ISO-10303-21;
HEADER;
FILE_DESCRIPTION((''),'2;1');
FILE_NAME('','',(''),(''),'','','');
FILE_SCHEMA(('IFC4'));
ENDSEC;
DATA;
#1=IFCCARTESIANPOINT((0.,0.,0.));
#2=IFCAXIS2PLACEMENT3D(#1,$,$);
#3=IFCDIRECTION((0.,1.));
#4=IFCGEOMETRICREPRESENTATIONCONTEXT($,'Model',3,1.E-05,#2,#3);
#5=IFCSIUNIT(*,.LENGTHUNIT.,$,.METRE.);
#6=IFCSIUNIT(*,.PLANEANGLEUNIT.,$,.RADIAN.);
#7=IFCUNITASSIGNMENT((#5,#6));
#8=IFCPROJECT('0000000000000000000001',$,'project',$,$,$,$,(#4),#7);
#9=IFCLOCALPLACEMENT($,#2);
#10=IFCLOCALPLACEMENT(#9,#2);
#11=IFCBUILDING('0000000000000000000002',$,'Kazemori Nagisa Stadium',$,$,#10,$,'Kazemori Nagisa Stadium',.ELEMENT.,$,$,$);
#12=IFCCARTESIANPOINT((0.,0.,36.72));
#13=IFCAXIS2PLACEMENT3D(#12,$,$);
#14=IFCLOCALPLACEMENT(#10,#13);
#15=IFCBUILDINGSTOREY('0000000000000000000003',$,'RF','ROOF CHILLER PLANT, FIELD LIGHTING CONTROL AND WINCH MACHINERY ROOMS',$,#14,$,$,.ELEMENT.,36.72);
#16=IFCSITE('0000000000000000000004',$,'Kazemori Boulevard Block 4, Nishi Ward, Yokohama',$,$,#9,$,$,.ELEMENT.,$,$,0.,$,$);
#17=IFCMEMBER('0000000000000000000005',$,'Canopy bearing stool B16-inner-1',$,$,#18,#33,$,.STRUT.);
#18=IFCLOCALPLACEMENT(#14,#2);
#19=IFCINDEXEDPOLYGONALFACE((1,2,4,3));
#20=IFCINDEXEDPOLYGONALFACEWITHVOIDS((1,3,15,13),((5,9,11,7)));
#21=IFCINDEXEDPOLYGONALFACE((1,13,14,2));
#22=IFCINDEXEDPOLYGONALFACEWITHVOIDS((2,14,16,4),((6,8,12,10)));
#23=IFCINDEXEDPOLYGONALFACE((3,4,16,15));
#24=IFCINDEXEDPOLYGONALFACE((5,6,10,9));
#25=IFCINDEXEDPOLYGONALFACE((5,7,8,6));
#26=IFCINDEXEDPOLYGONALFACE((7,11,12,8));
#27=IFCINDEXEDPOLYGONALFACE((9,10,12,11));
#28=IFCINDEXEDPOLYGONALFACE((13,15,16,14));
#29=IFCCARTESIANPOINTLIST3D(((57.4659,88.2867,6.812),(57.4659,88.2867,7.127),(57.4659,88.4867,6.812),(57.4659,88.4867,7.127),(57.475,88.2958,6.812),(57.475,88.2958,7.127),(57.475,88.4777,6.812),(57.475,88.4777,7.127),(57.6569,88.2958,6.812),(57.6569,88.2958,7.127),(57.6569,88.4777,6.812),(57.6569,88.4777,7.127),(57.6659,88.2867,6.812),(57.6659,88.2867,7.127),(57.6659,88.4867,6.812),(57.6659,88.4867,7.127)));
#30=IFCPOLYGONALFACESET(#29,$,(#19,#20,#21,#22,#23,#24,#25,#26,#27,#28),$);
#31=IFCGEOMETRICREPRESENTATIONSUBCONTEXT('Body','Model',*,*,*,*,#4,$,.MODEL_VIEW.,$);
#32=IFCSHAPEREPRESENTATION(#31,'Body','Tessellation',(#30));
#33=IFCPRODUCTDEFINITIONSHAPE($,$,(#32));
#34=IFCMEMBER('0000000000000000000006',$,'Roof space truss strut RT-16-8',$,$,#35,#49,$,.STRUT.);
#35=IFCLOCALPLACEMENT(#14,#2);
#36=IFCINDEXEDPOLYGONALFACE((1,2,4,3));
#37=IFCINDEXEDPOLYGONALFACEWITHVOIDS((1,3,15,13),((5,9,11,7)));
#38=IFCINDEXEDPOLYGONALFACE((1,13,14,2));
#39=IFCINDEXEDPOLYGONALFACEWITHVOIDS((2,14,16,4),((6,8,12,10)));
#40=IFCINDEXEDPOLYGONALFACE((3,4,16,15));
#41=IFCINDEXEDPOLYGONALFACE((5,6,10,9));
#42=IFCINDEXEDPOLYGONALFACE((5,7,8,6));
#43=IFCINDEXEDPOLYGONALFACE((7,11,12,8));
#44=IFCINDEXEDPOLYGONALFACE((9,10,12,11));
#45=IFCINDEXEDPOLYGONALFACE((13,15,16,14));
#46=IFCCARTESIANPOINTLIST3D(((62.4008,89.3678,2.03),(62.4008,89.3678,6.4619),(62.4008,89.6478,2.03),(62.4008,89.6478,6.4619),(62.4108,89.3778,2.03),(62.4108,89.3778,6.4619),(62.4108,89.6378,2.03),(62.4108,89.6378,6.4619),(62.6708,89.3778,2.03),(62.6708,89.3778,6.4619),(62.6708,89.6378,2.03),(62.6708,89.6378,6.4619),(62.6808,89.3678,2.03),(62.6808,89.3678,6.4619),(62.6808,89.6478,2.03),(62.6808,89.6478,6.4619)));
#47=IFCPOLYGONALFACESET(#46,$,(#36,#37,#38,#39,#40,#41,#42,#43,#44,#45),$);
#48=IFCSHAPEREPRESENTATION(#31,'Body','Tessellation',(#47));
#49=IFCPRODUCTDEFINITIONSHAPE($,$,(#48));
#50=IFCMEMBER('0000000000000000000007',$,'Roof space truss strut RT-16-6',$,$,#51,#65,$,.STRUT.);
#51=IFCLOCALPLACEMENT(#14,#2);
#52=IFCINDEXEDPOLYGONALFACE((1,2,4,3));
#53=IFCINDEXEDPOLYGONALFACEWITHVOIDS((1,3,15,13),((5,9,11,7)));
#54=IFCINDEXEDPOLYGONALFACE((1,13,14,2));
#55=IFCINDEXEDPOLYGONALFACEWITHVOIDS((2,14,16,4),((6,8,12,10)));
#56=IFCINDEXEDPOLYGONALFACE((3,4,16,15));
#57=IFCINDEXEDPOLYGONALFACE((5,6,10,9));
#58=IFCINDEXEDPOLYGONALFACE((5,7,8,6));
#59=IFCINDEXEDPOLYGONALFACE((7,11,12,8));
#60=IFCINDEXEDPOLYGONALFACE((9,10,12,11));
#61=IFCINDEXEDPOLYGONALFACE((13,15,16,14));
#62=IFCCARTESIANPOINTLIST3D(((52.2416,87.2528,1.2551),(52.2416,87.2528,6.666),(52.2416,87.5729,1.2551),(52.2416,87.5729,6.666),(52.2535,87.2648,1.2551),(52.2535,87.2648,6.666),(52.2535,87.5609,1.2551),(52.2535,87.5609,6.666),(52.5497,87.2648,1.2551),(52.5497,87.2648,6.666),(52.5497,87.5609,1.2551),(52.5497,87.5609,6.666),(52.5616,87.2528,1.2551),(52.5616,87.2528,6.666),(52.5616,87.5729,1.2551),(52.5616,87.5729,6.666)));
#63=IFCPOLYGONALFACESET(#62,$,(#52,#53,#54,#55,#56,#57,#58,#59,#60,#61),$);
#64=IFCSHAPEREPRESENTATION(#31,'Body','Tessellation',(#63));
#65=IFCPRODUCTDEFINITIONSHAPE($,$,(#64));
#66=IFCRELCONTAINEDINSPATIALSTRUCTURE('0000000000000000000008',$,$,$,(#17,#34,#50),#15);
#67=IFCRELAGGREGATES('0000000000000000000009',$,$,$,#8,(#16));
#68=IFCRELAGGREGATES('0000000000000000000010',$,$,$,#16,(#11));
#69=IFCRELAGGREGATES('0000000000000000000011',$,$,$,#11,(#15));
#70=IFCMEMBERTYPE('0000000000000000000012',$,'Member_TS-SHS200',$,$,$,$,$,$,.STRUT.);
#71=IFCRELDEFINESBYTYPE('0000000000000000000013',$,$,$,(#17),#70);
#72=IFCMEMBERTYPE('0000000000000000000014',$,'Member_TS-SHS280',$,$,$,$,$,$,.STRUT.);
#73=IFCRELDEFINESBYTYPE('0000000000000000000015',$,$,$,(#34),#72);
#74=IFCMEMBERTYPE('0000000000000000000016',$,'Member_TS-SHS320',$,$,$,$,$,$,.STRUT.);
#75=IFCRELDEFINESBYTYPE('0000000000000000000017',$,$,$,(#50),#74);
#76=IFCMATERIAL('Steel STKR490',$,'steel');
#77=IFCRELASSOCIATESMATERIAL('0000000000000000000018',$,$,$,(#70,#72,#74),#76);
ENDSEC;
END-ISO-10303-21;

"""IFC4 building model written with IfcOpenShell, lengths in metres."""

from ifc_helpers import new_model, si_unit, direction, frame, origin, origin_2d, place, context, subcontext, project, spatial, hollow_rectangle, extrude, material, material_profile, profile_set, type_object, element, save


model = new_model("IFC4")

# Units and contexts
model_context = context("Model", 3, precision=1e-05, world=origin(), true_north=direction((0.0, 1.0)))
body_context = subcontext(model_context, "Body", "Model", "MODEL_VIEW")
ifc_project = project(units=[si_unit("LENGTHUNIT", "METRE"), si_unit("PLANEANGLEUNIT", "RADIAN")], contexts=[model_context])

# Site, building, storey
site_placement = place(None, origin())
site = spatial("IfcSite", under=ifc_project, at=site_placement, Name="Kazemori Boulevard Block 4, Nishi Ward, Yokohama", CompositionType="ELEMENT", RefElevation=0.0)
building_placement = place(site_placement, origin())
building = spatial("IfcBuilding", under=site, at=building_placement, Name="Kazemori Nagisa Stadium", LongName="Kazemori Nagisa Stadium", CompositionType="ELEMENT")
storey_placement = place(building_placement, frame((0.0, 0.0, 36.72)))
storey = spatial("IfcBuildingStorey", under=building, at=storey_placement, Name="RF", Description="ROOF CHILLER PLANT, FIELD LIGHTING CONTROL AND WINCH MACHINERY ROOMS", CompositionType="ELEMENT", Elevation=36.72)

# Members
ifc_material_1 = material(Name="Steel STKR490", Category="steel")
ifc_material_profile_1 = material_profile(ifc_material_1, hollow_rectangle(XDim=0.2, YDim=0.2, WallThickness=0.009, at=origin_2d()), Name="SHS-200x200x9")
ifc_profile_set_1 = profile_set([ifc_material_profile_1], Name="Steel STKR490")
member_type_1 = type_object("IfcMemberType", Name="Member_TS-SHS200", PredefinedType="STRUT", material=ifc_profile_set_1)
for number, where, z_axis, x_axis, name in (
    (1, (57.5659, 88.3867, 6.812), (0.0, 0.0, 1.0), (1.0, 0.0, 0.0), "Canopy bearing stool B16-inner-1"),
):
    element("IfcMember", number, at=place(storey_placement, frame(where, z_axis=z_axis, x_axis=x_axis)), inside=storey, type_object=member_type_1, Name=name, PredefinedType="STRUT", context=body_context, shape_type="SweptSolid", body=[
        extrude(hollow_rectangle(XDim=0.2, YDim=0.2, WallThickness=0.009, at=origin_2d()), origin(), (0.0, 0.0, 1.0), 0.3149),
    ])
ifc_material_profile_2 = material_profile(ifc_material_1, hollow_rectangle(XDim=0.28, YDim=0.28, WallThickness=0.01, at=origin_2d()), Name="SHS-280x280x10")
ifc_profile_set_2 = profile_set([ifc_material_profile_2], Name="Steel STKR490")
member_type_2 = type_object("IfcMemberType", Name="Member_TS-SHS280", PredefinedType="STRUT", material=ifc_profile_set_2)
member_1_placement = place(storey_placement, frame((62.5408, 89.5078, 2.03), z_axis=(0.0, 0.0, 1.0), x_axis=(1.0, 0.0, 0.0)))
element("IfcMember", 2, at=member_1_placement, inside=storey, type_object=member_type_2, Name="Roof space truss strut RT-16-8", PredefinedType="STRUT", context=body_context, shape_type="SweptSolid", body=[
    extrude(hollow_rectangle(XDim=0.28, YDim=0.28, WallThickness=0.01, at=origin_2d()), origin(), (0.0, 0.0, 1.0), 4.4319),
])
ifc_material_profile_3 = material_profile(ifc_material_1, hollow_rectangle(XDim=0.3201, YDim=0.3201, WallThickness=0.012, at=origin_2d()), Name="SHS-320x320x12")
ifc_profile_set_3 = profile_set([ifc_material_profile_3], Name="Steel STKR490")
member_type_3 = type_object("IfcMemberType", Name="Member_TS-SHS320", PredefinedType="STRUT", material=ifc_profile_set_3)
member_2_placement = place(storey_placement, frame((52.4016, 87.4128, 1.2551), z_axis=(0.0, 0.0, 1.0), x_axis=(1.0, 0.0, 0.0)))
element("IfcMember", 3, at=member_2_placement, inside=storey, type_object=member_type_3, Name="Roof space truss strut RT-16-6", PredefinedType="STRUT", context=body_context, shape_type="SweptSolid", body=[
    extrude(hollow_rectangle(XDim=0.3201, YDim=0.3201, WallThickness=0.012, at=origin_2d()), origin(), (0.0, 0.0, 1.0), 5.4109),
])

save(model, "model.ifc")
